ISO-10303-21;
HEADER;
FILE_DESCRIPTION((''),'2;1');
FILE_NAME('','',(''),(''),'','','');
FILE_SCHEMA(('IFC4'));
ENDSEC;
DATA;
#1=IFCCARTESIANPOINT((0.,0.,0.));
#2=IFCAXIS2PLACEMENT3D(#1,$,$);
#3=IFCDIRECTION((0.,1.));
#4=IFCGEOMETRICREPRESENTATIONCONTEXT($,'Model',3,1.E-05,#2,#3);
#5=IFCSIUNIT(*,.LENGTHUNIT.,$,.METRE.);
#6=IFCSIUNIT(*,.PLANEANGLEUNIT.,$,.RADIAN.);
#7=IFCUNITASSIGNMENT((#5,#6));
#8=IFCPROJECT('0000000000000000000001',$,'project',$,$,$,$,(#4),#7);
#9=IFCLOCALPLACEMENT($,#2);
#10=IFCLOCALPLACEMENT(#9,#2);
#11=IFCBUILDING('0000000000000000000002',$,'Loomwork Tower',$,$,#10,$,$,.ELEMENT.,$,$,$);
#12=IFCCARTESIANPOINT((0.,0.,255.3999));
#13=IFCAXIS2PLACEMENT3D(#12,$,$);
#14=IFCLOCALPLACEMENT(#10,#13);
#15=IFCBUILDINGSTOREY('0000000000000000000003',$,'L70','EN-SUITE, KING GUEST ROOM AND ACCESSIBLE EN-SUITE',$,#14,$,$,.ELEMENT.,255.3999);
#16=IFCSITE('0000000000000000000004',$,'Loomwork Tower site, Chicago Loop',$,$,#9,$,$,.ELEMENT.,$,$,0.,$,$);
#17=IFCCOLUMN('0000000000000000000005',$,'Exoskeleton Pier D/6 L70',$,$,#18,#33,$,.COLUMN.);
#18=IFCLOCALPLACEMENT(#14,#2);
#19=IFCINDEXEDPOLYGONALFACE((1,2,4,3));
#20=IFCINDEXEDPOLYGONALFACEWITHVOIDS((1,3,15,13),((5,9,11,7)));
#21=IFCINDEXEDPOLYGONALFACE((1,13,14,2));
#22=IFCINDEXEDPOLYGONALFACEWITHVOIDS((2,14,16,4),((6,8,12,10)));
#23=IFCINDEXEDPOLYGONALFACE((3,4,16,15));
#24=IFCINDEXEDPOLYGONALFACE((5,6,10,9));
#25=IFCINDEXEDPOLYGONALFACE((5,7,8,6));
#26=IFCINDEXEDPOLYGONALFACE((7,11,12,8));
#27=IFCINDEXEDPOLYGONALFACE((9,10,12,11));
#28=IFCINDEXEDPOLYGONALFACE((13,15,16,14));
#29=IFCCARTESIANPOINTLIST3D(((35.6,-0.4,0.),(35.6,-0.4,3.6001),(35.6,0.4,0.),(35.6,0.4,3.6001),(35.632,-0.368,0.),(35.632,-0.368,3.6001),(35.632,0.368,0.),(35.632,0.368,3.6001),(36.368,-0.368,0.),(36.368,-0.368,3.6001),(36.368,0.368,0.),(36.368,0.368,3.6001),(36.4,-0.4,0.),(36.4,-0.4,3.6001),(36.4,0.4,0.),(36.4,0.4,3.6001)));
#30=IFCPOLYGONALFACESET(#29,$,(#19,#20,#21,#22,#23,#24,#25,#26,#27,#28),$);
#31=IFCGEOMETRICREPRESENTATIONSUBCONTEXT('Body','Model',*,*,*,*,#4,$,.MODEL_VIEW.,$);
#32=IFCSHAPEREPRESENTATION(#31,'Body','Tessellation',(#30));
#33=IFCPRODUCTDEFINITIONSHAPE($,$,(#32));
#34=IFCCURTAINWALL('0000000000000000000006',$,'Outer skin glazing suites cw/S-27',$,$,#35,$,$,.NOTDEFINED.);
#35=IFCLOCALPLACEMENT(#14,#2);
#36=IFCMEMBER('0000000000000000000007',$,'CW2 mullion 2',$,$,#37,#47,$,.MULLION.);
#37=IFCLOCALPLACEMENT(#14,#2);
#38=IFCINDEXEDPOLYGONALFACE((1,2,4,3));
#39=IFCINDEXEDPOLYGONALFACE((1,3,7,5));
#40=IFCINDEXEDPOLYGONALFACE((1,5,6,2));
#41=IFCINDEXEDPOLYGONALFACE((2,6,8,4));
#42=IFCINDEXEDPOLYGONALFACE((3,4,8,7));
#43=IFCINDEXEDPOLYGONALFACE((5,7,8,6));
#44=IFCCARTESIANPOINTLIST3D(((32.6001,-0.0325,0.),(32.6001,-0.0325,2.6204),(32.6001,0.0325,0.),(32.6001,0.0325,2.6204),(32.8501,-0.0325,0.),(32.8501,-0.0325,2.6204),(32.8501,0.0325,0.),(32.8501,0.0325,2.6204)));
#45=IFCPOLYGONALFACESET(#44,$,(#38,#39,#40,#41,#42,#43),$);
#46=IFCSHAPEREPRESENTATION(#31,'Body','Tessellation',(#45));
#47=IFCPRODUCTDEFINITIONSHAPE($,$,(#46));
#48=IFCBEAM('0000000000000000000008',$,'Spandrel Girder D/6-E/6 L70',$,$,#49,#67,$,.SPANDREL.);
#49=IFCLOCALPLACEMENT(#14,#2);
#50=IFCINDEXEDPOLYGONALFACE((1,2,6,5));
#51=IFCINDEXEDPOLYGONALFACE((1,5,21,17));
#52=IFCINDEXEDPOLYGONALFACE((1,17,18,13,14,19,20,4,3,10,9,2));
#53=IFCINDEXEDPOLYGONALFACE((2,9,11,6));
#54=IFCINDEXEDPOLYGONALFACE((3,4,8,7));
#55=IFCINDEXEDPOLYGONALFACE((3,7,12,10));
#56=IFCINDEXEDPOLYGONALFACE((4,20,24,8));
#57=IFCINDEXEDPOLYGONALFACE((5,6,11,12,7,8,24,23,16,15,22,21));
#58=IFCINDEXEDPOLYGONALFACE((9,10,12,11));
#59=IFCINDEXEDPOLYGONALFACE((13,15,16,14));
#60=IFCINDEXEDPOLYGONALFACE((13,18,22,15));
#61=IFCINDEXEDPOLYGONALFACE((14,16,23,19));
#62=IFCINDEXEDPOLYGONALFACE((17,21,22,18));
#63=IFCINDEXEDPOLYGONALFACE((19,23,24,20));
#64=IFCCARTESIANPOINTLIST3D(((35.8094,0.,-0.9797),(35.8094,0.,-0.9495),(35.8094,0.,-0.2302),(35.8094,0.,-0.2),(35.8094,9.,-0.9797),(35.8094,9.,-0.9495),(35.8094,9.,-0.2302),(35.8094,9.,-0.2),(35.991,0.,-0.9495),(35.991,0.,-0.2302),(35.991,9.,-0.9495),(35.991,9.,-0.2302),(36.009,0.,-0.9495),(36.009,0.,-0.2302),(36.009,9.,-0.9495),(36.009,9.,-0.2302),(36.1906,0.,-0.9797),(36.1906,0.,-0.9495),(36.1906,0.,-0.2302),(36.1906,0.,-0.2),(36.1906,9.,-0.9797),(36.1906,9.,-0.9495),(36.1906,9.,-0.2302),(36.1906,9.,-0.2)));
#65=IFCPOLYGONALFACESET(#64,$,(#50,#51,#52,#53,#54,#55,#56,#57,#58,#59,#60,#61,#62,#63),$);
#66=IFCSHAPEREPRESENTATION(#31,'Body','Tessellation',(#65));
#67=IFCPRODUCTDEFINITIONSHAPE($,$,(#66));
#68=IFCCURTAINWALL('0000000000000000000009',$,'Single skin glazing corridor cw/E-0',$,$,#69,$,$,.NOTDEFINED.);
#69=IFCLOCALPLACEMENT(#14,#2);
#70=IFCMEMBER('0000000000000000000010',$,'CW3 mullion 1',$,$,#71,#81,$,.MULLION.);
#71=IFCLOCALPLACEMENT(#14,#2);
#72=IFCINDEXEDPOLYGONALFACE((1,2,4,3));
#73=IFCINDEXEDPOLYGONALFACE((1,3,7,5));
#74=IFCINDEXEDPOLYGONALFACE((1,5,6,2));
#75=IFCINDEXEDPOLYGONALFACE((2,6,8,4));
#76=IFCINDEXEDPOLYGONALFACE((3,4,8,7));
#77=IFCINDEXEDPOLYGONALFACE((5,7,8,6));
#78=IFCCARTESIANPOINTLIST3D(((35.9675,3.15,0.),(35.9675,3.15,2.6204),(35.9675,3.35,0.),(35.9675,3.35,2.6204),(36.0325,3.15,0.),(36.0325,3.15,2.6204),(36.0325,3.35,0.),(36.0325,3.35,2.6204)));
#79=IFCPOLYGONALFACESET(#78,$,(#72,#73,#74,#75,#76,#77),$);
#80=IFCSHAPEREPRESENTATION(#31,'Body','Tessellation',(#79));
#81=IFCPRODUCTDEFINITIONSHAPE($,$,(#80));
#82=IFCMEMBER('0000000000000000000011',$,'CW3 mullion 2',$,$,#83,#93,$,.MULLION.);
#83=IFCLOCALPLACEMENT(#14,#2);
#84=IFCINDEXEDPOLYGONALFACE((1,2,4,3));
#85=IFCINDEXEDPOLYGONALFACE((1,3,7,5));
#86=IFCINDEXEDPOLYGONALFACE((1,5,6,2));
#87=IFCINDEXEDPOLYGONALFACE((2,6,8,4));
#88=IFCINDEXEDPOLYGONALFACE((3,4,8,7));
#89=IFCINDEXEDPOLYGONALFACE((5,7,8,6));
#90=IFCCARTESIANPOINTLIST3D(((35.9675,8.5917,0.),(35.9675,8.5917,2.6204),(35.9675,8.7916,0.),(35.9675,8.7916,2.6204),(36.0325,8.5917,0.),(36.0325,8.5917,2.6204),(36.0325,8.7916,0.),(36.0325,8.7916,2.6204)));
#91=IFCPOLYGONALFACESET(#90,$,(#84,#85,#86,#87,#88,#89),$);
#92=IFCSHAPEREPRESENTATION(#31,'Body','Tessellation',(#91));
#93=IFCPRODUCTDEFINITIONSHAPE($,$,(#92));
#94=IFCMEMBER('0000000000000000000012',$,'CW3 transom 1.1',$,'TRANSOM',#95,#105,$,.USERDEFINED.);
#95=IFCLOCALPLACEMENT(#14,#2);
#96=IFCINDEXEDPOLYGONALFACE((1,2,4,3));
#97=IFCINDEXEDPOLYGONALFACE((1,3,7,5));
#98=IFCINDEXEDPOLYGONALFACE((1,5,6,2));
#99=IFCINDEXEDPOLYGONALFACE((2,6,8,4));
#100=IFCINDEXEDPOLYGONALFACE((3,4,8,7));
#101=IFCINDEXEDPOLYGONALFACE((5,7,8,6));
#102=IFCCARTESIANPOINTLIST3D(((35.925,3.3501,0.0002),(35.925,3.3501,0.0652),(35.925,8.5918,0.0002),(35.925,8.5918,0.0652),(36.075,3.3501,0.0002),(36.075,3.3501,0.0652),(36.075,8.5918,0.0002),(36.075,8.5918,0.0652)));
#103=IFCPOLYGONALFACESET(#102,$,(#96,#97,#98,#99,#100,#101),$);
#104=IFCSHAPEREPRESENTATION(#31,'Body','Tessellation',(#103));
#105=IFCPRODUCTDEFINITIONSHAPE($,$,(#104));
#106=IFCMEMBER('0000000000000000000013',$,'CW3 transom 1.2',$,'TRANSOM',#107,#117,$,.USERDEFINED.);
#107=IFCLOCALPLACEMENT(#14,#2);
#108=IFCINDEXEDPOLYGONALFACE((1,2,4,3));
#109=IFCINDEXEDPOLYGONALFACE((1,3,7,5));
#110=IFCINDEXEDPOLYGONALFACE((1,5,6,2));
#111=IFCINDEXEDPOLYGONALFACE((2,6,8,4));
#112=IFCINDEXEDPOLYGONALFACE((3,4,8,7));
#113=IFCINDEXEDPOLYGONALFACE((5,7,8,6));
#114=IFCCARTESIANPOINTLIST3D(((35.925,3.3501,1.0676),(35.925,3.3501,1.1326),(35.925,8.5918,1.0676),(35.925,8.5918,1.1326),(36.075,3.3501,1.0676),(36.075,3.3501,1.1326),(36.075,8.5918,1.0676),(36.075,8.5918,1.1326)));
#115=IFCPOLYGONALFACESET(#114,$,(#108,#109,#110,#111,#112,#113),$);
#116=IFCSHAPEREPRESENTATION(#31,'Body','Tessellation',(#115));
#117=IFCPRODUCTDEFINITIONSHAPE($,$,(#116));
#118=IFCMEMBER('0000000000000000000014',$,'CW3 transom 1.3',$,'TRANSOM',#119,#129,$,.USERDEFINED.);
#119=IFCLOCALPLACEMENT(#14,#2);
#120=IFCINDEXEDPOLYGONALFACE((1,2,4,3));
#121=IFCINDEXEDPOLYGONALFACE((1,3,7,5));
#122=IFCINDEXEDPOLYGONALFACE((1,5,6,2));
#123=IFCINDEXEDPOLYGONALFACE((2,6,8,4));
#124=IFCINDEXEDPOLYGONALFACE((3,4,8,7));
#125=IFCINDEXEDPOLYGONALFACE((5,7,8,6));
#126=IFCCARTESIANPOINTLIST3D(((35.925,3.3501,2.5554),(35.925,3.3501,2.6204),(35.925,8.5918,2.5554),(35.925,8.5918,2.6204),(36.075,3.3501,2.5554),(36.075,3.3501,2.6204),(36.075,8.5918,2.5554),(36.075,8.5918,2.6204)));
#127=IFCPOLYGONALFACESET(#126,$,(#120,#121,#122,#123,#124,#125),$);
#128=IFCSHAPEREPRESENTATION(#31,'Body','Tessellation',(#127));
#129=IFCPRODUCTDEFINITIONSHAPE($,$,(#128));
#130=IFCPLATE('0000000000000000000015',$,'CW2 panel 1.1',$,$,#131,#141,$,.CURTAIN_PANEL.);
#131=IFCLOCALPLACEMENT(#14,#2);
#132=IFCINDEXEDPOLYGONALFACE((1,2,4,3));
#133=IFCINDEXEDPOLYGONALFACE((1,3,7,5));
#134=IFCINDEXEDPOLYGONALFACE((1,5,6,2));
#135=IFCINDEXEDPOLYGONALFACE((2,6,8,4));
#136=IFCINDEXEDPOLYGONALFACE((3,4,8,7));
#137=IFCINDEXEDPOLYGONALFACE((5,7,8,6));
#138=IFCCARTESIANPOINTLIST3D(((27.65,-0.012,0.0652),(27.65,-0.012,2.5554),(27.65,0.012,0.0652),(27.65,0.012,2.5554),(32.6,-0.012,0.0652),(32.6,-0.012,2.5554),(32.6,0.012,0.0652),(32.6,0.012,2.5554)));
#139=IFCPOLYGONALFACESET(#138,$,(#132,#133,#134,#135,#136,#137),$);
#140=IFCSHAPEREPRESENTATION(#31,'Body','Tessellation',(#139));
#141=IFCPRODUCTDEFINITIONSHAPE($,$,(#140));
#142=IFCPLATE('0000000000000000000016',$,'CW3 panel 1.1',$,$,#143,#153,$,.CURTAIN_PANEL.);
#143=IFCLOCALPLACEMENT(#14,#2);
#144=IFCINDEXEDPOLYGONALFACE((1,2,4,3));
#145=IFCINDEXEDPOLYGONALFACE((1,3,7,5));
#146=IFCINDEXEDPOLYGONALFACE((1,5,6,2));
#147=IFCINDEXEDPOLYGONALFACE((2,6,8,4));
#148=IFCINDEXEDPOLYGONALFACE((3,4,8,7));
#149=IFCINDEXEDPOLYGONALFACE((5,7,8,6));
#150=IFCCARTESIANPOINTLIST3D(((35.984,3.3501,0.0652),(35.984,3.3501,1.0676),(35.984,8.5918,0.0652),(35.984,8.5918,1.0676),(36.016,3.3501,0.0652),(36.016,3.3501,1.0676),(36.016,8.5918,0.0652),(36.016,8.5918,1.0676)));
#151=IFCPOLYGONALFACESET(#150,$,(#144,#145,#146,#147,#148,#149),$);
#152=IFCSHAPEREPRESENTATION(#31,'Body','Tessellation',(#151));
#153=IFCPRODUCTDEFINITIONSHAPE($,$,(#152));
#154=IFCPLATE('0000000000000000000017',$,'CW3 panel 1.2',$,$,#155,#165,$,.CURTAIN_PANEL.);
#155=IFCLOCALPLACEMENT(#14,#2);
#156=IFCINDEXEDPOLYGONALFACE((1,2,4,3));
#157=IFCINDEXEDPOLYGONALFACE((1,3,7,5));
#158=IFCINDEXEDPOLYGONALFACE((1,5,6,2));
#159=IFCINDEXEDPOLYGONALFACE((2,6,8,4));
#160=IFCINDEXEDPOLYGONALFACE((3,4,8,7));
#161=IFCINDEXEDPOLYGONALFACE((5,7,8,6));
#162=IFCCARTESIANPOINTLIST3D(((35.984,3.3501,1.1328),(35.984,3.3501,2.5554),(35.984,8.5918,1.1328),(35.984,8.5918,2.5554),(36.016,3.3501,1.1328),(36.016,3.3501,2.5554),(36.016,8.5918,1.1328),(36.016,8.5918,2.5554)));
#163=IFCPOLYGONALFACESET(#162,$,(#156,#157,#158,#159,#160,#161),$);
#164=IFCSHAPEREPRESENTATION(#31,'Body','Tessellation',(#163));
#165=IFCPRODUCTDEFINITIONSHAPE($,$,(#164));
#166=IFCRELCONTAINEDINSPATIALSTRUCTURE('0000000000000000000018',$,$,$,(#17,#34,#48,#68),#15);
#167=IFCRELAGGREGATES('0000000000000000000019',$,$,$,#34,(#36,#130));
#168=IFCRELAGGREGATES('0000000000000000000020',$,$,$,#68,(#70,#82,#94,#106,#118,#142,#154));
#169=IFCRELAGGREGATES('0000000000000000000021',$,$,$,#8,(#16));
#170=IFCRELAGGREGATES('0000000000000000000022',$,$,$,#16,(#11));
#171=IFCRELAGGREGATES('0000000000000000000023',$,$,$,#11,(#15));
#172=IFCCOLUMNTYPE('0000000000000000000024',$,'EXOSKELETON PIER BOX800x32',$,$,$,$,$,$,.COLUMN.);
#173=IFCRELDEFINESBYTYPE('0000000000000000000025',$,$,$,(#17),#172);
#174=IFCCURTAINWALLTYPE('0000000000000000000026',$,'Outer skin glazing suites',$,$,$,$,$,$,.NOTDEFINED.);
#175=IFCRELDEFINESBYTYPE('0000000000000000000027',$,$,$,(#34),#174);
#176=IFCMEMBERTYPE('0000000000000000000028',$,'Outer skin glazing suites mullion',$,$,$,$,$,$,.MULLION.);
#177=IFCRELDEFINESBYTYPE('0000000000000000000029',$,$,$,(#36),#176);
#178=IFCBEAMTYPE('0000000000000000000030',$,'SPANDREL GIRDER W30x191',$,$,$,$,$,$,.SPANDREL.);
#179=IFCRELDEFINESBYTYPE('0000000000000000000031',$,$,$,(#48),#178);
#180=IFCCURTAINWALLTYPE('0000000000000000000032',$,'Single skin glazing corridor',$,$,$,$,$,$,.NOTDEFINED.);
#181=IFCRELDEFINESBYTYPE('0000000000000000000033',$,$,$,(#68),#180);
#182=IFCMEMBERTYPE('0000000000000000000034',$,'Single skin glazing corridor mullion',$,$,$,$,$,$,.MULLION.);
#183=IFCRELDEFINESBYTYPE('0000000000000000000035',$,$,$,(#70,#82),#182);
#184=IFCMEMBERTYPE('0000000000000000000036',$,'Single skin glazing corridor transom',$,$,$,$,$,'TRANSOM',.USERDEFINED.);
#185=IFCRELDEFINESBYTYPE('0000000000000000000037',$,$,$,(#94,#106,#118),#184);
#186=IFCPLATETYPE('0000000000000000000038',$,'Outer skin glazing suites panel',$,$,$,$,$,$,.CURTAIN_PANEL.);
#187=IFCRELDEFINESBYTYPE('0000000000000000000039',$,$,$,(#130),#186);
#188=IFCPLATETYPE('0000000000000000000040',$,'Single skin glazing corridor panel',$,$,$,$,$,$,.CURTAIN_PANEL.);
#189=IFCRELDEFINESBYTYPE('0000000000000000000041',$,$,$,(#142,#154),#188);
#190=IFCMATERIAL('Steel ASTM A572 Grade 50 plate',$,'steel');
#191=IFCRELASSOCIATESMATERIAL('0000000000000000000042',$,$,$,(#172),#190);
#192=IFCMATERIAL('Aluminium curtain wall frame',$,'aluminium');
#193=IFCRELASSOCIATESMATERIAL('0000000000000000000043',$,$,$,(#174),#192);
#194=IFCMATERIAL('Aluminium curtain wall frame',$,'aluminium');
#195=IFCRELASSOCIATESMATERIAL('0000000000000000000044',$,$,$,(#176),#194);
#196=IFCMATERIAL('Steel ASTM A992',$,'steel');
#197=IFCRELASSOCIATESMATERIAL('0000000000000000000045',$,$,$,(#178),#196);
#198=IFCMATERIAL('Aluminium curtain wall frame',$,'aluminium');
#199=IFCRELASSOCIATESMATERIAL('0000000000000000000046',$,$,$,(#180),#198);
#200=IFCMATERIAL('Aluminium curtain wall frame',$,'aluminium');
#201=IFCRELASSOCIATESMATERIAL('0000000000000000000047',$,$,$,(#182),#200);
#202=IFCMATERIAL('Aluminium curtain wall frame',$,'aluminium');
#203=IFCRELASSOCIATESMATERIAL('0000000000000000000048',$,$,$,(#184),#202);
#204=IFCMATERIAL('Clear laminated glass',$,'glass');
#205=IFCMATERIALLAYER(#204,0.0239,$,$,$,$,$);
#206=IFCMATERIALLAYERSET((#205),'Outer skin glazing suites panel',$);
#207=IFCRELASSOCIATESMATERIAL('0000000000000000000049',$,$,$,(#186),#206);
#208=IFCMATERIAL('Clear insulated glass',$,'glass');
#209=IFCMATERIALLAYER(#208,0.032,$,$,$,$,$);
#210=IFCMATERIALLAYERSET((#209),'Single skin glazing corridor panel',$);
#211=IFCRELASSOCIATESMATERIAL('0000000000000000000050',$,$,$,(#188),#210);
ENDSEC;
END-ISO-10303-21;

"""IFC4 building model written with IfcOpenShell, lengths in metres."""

from ifc_helpers import new_model, si_unit, direction, frame, origin, origin_2d, place, context, subcontext, project, spatial, rectangle, hollow_rectangle, i_section, extrude, material, layer, layer_set, material_profile, profile_set, type_object, element, aggregate, save


model = new_model("IFC4")

# Units and contexts
model_context = context("Model", 3, precision=1e-05, world=origin(), true_north=direction((0.0, 1.0)))
body_context = subcontext(model_context, "Body", "Model", "MODEL_VIEW")
ifc_project = project(units=[si_unit("LENGTHUNIT", "METRE"), si_unit("PLANEANGLEUNIT", "RADIAN")], contexts=[model_context])

# Site, building, storey
site_placement = place(None, origin())
site = spatial("IfcSite", under=ifc_project, at=site_placement, Name="Loomwork Tower site, Chicago Loop", CompositionType="ELEMENT", RefElevation=0.0)
building_placement = place(site_placement, origin())
building = spatial("IfcBuilding", under=site, at=building_placement, Name="Loomwork Tower", CompositionType="ELEMENT")
storey_placement = place(building_placement, frame((0.0, 0.0, 255.3999)))
storey = spatial("IfcBuildingStorey", under=building, at=storey_placement, Name="L70", Description="EN-SUITE, KING GUEST ROOM AND ACCESSIBLE EN-SUITE", CompositionType="ELEMENT", Elevation=255.3999)

# Column
ifc_material_1 = material(Name="Steel ASTM A572 Grade 50 plate", Category="steel")
ifc_material_profile_1 = material_profile(ifc_material_1, hollow_rectangle(XDim=0.8, YDim=0.8, WallThickness=0.032, at=origin_2d()), Name="BOX800x32")
ifc_profile_set_1 = profile_set([ifc_material_profile_1], Name="Steel ASTM A572 Grade 50 plate")
column_type = type_object("IfcColumnType", Name="EXOSKELETON PIER BOX800x32", PredefinedType="COLUMN", material=ifc_profile_set_1)
column_placement = place(storey_placement, frame((36.0, 0.0, 0.0), z_axis=(0.0, 0.0, 1.0), x_axis=(1.0, 0.0, 0.0)))
element("IfcColumn", 1, at=column_placement, inside=storey, type_object=column_type, Name="Exoskeleton Pier D/6 L70", PredefinedType="COLUMN", context=body_context, shape_type="SweptSolid", body=[
    extrude(hollow_rectangle(XDim=0.8, YDim=0.8, WallThickness=0.032, at=origin_2d()), origin(), (0.0, 0.0, 1.0), 3.6001),
])

# Curtain wall, member
ifc_material_2 = material(Name="Aluminium curtain wall frame", Category="aluminium")
curtain_wall_type_1 = type_object("IfcCurtainWallType", Name="Outer skin glazing suites", PredefinedType="NOTDEFINED", material=ifc_material_2)
curtain_wall_1_placement = place(storey_placement, origin())
curtain_wall_1 = element("IfcCurtainWall", 2, at=curtain_wall_1_placement, inside=storey, type_object=curtain_wall_type_1, Name="Outer skin glazing suites cw/S-27", PredefinedType="NOTDEFINED")
ifc_material_3 = material(Name="Aluminium curtain wall frame", Category="aluminium")
ifc_material_profile_2 = material_profile(ifc_material_3, rectangle(XDim=0.0649, YDim=0.25, at=origin_2d()), Name="AL 65x250")
ifc_profile_set_2 = profile_set([ifc_material_profile_2], Name="Aluminium curtain wall frame")
member_type_1 = type_object("IfcMemberType", Name="Outer skin glazing suites mullion", PredefinedType="MULLION", material=ifc_profile_set_2)
member_1_placement = place(storey_placement, frame((32.7251, 0.0, 0.0), z_axis=(0.0, 0.0, 1.0), x_axis=(0.0, 1.0, 0.0)))
member_1 = element("IfcMember", 3, at=member_1_placement, type_object=member_type_1, Name="CW2 mullion 2", PredefinedType="MULLION", context=body_context, shape_type="SweptSolid", body=[
    extrude(rectangle(XDim=0.0649, YDim=0.25, at=origin_2d()), origin(), (0.0, 0.0, 1.0), 2.6204),
])

# Beam
ifc_material_4 = material(Name="Steel ASTM A992", Category="steel")
ifc_material_profile_3 = material_profile(ifc_material_4, i_section(OverallWidth=0.3811, OverallDepth=0.7798, WebThickness=0.0181, FlangeThickness=0.0303, at=origin_2d()), Name="W30x191")
ifc_profile_set_3 = profile_set([ifc_material_profile_3], Name="Steel ASTM A992")
beam_type = type_object("IfcBeamType", Name="SPANDREL GIRDER W30x191", PredefinedType="SPANDREL", material=ifc_profile_set_3)
beam_placement = place(storey_placement, frame((36.0, 0.0, -0.5898), z_axis=(0.0, 1.0, 0.0), x_axis=(-1.0, 0.0, 0.0)))
element("IfcBeam", 4, at=beam_placement, inside=storey, type_object=beam_type, Name="Spandrel Girder D/6-E/6 L70", PredefinedType="SPANDREL", context=body_context, shape_type="SweptSolid", body=[
    extrude(i_section(OverallWidth=0.3811, OverallDepth=0.7798, WebThickness=0.0181, FlangeThickness=0.0303, at=origin_2d()), origin(), (0.0, 0.0, 1.0), 9.0),
])

# Curtain wall, members
ifc_material_5 = material(Name="Aluminium curtain wall frame", Category="aluminium")
curtain_wall_type_2 = type_object("IfcCurtainWallType", Name="Single skin glazing corridor", PredefinedType="NOTDEFINED", material=ifc_material_5)
curtain_wall_2_placement = place(storey_placement, origin())
curtain_wall_2 = element("IfcCurtainWall", 5, at=curtain_wall_2_placement, inside=storey, type_object=curtain_wall_type_2, Name="Single skin glazing corridor cw/E-0", PredefinedType="NOTDEFINED")
ifc_material_6 = material(Name="Aluminium curtain wall frame", Category="aluminium")
ifc_material_profile_4 = material_profile(ifc_material_6, rectangle(XDim=0.0649, YDim=0.2, at=origin_2d()), Name="AL 65x200")
ifc_profile_set_4 = profile_set([ifc_material_profile_4], Name="Aluminium curtain wall frame")
member_type_2 = type_object("IfcMemberType", Name="Single skin glazing corridor mullion", PredefinedType="MULLION", material=ifc_profile_set_4)
member_2_placement = place(storey_placement, frame((36.0, 3.25, 0.0), z_axis=(0.0, 0.0, 1.0), x_axis=(-1.0, 0.0, 0.0)))
member_2 = element("IfcMember", 6, at=member_2_placement, type_object=member_type_2, Name="CW3 mullion 1", PredefinedType="MULLION", context=body_context, shape_type="SweptSolid", body=[
    extrude(rectangle(XDim=0.0649, YDim=0.2, at=origin_2d()), origin(), (0.0, 0.0, 1.0), 2.6204),
])
member_3_placement = place(storey_placement, frame((36.0, 8.6917, 0.0), z_axis=(0.0, 0.0, 1.0), x_axis=(-1.0, 0.0, 0.0)))
member_3 = element("IfcMember", 7, at=member_3_placement, type_object=member_type_2, Name="CW3 mullion 2", PredefinedType="MULLION", context=body_context, shape_type="SweptSolid", body=[
    extrude(rectangle(XDim=0.0649, YDim=0.2, at=origin_2d()), origin(), (0.0, 0.0, 1.0), 2.6204),
])
ifc_material_7 = material(Name="Aluminium curtain wall frame", Category="aluminium")
ifc_material_profile_5 = material_profile(ifc_material_7, rectangle(XDim=0.1499, YDim=0.0649, at=origin_2d()), Name="AL 65x150")
ifc_profile_set_5 = profile_set([ifc_material_profile_5], Name="Aluminium curtain wall frame")
member_type_3 = type_object("IfcMemberType", Name="Single skin glazing corridor transom", ElementType="TRANSOM", PredefinedType="USERDEFINED", material=ifc_profile_set_5)
member_4_placement = place(storey_placement, frame((36.0, 3.3501, 0.0327), z_axis=(0.0, 1.0, 0.0), x_axis=(-1.0, 0.0, 0.0)))
member_4 = element("IfcMember", 8, at=member_4_placement, type_object=member_type_3, Name="CW3 transom 1.1", ObjectType="TRANSOM", PredefinedType="USERDEFINED", context=body_context, shape_type="SweptSolid", body=[
    extrude(rectangle(XDim=0.1499, YDim=0.0649, at=origin_2d()), origin(), (0.0, 0.0, 1.0), 5.2417),
])
member_5_placement = place(storey_placement, frame((36.0, 3.3501, 1.1001), z_axis=(0.0, 1.0, 0.0), x_axis=(-1.0, 0.0, 0.0)))
member_5 = element("IfcMember", 9, at=member_5_placement, type_object=member_type_3, Name="CW3 transom 1.2", ObjectType="TRANSOM", PredefinedType="USERDEFINED", context=body_context, shape_type="SweptSolid", body=[
    extrude(rectangle(XDim=0.1499, YDim=0.0649, at=origin_2d()), origin(), (0.0, 0.0, 1.0), 5.2417),
])
member_6_placement = place(storey_placement, frame((36.0, 3.3501, 2.5879), z_axis=(0.0, 1.0, 0.0), x_axis=(-1.0, 0.0, 0.0)))
member_6 = element("IfcMember", 10, at=member_6_placement, type_object=member_type_3, Name="CW3 transom 1.3", ObjectType="TRANSOM", PredefinedType="USERDEFINED", context=body_context, shape_type="SweptSolid", body=[
    extrude(rectangle(XDim=0.1499, YDim=0.0649, at=origin_2d()), origin(), (0.0, 0.0, 1.0), 5.2417),
])

# Plates
ifc_material_8 = material(Name="Clear laminated glass", Category="glass")
ifc_layer_1 = layer(ifc_material_8, 0.0239)
ifc_layer_set_1 = layer_set([ifc_layer_1], Name="Outer skin glazing suites panel")
plate_type_1 = type_object("IfcPlateType", Name="Outer skin glazing suites panel", PredefinedType="CURTAIN_PANEL", material=ifc_layer_set_1)
plate_1_placement = place(storey_placement, frame((30.125, 0.0, 0.0652), z_axis=(0.0, 0.0, 1.0), x_axis=(1.0, 0.0, 0.0)))
plate_1 = element("IfcPlate", 11, at=plate_1_placement, type_object=plate_type_1, Name="CW2 panel 1.1", PredefinedType="CURTAIN_PANEL", context=body_context, shape_type="SweptSolid", body=[
    extrude(rectangle(XDim=4.95, YDim=0.0239, at=origin_2d()), origin(), (0.0, 0.0, 1.0), 2.4902),
])
aggregate(curtain_wall_1, [member_1, plate_1])
ifc_material_9 = material(Name="Clear insulated glass", Category="glass")
ifc_layer_2 = layer(ifc_material_9, 0.032)
ifc_layer_set_2 = layer_set([ifc_layer_2], Name="Single skin glazing corridor panel")
plate_type_2 = type_object("IfcPlateType", Name="Single skin glazing corridor panel", PredefinedType="CURTAIN_PANEL", material=ifc_layer_set_2)
plate_2_placement = place(storey_placement, frame((36.0, 5.9709, 0.0652), z_axis=(0.0, 0.0, 1.0), x_axis=(0.0, 1.0, 0.0)))
plate_2 = element("IfcPlate", 12, at=plate_2_placement, type_object=plate_type_2, Name="CW3 panel 1.1", PredefinedType="CURTAIN_PANEL", context=body_context, shape_type="SweptSolid", body=[
    extrude(rectangle(XDim=5.2417, YDim=0.032, at=origin_2d()), origin(), (0.0, 0.0, 1.0), 1.0024),
])
plate_3_placement = place(storey_placement, frame((36.0, 5.9709, 1.1328), z_axis=(0.0, 0.0, 1.0), x_axis=(0.0, 1.0, 0.0)))
plate_3 = element("IfcPlate", 13, at=plate_3_placement, type_object=plate_type_2, Name="CW3 panel 1.2", PredefinedType="CURTAIN_PANEL", context=body_context, shape_type="SweptSolid", body=[
    extrude(rectangle(XDim=5.2417, YDim=0.032, at=origin_2d()), origin(), (0.0, 0.0, 1.0), 1.4226),
])
aggregate(curtain_wall_2, [member_2, member_3, member_4, member_5, member_6, plate_2, plate_3])

save(model, "model.ifc")
